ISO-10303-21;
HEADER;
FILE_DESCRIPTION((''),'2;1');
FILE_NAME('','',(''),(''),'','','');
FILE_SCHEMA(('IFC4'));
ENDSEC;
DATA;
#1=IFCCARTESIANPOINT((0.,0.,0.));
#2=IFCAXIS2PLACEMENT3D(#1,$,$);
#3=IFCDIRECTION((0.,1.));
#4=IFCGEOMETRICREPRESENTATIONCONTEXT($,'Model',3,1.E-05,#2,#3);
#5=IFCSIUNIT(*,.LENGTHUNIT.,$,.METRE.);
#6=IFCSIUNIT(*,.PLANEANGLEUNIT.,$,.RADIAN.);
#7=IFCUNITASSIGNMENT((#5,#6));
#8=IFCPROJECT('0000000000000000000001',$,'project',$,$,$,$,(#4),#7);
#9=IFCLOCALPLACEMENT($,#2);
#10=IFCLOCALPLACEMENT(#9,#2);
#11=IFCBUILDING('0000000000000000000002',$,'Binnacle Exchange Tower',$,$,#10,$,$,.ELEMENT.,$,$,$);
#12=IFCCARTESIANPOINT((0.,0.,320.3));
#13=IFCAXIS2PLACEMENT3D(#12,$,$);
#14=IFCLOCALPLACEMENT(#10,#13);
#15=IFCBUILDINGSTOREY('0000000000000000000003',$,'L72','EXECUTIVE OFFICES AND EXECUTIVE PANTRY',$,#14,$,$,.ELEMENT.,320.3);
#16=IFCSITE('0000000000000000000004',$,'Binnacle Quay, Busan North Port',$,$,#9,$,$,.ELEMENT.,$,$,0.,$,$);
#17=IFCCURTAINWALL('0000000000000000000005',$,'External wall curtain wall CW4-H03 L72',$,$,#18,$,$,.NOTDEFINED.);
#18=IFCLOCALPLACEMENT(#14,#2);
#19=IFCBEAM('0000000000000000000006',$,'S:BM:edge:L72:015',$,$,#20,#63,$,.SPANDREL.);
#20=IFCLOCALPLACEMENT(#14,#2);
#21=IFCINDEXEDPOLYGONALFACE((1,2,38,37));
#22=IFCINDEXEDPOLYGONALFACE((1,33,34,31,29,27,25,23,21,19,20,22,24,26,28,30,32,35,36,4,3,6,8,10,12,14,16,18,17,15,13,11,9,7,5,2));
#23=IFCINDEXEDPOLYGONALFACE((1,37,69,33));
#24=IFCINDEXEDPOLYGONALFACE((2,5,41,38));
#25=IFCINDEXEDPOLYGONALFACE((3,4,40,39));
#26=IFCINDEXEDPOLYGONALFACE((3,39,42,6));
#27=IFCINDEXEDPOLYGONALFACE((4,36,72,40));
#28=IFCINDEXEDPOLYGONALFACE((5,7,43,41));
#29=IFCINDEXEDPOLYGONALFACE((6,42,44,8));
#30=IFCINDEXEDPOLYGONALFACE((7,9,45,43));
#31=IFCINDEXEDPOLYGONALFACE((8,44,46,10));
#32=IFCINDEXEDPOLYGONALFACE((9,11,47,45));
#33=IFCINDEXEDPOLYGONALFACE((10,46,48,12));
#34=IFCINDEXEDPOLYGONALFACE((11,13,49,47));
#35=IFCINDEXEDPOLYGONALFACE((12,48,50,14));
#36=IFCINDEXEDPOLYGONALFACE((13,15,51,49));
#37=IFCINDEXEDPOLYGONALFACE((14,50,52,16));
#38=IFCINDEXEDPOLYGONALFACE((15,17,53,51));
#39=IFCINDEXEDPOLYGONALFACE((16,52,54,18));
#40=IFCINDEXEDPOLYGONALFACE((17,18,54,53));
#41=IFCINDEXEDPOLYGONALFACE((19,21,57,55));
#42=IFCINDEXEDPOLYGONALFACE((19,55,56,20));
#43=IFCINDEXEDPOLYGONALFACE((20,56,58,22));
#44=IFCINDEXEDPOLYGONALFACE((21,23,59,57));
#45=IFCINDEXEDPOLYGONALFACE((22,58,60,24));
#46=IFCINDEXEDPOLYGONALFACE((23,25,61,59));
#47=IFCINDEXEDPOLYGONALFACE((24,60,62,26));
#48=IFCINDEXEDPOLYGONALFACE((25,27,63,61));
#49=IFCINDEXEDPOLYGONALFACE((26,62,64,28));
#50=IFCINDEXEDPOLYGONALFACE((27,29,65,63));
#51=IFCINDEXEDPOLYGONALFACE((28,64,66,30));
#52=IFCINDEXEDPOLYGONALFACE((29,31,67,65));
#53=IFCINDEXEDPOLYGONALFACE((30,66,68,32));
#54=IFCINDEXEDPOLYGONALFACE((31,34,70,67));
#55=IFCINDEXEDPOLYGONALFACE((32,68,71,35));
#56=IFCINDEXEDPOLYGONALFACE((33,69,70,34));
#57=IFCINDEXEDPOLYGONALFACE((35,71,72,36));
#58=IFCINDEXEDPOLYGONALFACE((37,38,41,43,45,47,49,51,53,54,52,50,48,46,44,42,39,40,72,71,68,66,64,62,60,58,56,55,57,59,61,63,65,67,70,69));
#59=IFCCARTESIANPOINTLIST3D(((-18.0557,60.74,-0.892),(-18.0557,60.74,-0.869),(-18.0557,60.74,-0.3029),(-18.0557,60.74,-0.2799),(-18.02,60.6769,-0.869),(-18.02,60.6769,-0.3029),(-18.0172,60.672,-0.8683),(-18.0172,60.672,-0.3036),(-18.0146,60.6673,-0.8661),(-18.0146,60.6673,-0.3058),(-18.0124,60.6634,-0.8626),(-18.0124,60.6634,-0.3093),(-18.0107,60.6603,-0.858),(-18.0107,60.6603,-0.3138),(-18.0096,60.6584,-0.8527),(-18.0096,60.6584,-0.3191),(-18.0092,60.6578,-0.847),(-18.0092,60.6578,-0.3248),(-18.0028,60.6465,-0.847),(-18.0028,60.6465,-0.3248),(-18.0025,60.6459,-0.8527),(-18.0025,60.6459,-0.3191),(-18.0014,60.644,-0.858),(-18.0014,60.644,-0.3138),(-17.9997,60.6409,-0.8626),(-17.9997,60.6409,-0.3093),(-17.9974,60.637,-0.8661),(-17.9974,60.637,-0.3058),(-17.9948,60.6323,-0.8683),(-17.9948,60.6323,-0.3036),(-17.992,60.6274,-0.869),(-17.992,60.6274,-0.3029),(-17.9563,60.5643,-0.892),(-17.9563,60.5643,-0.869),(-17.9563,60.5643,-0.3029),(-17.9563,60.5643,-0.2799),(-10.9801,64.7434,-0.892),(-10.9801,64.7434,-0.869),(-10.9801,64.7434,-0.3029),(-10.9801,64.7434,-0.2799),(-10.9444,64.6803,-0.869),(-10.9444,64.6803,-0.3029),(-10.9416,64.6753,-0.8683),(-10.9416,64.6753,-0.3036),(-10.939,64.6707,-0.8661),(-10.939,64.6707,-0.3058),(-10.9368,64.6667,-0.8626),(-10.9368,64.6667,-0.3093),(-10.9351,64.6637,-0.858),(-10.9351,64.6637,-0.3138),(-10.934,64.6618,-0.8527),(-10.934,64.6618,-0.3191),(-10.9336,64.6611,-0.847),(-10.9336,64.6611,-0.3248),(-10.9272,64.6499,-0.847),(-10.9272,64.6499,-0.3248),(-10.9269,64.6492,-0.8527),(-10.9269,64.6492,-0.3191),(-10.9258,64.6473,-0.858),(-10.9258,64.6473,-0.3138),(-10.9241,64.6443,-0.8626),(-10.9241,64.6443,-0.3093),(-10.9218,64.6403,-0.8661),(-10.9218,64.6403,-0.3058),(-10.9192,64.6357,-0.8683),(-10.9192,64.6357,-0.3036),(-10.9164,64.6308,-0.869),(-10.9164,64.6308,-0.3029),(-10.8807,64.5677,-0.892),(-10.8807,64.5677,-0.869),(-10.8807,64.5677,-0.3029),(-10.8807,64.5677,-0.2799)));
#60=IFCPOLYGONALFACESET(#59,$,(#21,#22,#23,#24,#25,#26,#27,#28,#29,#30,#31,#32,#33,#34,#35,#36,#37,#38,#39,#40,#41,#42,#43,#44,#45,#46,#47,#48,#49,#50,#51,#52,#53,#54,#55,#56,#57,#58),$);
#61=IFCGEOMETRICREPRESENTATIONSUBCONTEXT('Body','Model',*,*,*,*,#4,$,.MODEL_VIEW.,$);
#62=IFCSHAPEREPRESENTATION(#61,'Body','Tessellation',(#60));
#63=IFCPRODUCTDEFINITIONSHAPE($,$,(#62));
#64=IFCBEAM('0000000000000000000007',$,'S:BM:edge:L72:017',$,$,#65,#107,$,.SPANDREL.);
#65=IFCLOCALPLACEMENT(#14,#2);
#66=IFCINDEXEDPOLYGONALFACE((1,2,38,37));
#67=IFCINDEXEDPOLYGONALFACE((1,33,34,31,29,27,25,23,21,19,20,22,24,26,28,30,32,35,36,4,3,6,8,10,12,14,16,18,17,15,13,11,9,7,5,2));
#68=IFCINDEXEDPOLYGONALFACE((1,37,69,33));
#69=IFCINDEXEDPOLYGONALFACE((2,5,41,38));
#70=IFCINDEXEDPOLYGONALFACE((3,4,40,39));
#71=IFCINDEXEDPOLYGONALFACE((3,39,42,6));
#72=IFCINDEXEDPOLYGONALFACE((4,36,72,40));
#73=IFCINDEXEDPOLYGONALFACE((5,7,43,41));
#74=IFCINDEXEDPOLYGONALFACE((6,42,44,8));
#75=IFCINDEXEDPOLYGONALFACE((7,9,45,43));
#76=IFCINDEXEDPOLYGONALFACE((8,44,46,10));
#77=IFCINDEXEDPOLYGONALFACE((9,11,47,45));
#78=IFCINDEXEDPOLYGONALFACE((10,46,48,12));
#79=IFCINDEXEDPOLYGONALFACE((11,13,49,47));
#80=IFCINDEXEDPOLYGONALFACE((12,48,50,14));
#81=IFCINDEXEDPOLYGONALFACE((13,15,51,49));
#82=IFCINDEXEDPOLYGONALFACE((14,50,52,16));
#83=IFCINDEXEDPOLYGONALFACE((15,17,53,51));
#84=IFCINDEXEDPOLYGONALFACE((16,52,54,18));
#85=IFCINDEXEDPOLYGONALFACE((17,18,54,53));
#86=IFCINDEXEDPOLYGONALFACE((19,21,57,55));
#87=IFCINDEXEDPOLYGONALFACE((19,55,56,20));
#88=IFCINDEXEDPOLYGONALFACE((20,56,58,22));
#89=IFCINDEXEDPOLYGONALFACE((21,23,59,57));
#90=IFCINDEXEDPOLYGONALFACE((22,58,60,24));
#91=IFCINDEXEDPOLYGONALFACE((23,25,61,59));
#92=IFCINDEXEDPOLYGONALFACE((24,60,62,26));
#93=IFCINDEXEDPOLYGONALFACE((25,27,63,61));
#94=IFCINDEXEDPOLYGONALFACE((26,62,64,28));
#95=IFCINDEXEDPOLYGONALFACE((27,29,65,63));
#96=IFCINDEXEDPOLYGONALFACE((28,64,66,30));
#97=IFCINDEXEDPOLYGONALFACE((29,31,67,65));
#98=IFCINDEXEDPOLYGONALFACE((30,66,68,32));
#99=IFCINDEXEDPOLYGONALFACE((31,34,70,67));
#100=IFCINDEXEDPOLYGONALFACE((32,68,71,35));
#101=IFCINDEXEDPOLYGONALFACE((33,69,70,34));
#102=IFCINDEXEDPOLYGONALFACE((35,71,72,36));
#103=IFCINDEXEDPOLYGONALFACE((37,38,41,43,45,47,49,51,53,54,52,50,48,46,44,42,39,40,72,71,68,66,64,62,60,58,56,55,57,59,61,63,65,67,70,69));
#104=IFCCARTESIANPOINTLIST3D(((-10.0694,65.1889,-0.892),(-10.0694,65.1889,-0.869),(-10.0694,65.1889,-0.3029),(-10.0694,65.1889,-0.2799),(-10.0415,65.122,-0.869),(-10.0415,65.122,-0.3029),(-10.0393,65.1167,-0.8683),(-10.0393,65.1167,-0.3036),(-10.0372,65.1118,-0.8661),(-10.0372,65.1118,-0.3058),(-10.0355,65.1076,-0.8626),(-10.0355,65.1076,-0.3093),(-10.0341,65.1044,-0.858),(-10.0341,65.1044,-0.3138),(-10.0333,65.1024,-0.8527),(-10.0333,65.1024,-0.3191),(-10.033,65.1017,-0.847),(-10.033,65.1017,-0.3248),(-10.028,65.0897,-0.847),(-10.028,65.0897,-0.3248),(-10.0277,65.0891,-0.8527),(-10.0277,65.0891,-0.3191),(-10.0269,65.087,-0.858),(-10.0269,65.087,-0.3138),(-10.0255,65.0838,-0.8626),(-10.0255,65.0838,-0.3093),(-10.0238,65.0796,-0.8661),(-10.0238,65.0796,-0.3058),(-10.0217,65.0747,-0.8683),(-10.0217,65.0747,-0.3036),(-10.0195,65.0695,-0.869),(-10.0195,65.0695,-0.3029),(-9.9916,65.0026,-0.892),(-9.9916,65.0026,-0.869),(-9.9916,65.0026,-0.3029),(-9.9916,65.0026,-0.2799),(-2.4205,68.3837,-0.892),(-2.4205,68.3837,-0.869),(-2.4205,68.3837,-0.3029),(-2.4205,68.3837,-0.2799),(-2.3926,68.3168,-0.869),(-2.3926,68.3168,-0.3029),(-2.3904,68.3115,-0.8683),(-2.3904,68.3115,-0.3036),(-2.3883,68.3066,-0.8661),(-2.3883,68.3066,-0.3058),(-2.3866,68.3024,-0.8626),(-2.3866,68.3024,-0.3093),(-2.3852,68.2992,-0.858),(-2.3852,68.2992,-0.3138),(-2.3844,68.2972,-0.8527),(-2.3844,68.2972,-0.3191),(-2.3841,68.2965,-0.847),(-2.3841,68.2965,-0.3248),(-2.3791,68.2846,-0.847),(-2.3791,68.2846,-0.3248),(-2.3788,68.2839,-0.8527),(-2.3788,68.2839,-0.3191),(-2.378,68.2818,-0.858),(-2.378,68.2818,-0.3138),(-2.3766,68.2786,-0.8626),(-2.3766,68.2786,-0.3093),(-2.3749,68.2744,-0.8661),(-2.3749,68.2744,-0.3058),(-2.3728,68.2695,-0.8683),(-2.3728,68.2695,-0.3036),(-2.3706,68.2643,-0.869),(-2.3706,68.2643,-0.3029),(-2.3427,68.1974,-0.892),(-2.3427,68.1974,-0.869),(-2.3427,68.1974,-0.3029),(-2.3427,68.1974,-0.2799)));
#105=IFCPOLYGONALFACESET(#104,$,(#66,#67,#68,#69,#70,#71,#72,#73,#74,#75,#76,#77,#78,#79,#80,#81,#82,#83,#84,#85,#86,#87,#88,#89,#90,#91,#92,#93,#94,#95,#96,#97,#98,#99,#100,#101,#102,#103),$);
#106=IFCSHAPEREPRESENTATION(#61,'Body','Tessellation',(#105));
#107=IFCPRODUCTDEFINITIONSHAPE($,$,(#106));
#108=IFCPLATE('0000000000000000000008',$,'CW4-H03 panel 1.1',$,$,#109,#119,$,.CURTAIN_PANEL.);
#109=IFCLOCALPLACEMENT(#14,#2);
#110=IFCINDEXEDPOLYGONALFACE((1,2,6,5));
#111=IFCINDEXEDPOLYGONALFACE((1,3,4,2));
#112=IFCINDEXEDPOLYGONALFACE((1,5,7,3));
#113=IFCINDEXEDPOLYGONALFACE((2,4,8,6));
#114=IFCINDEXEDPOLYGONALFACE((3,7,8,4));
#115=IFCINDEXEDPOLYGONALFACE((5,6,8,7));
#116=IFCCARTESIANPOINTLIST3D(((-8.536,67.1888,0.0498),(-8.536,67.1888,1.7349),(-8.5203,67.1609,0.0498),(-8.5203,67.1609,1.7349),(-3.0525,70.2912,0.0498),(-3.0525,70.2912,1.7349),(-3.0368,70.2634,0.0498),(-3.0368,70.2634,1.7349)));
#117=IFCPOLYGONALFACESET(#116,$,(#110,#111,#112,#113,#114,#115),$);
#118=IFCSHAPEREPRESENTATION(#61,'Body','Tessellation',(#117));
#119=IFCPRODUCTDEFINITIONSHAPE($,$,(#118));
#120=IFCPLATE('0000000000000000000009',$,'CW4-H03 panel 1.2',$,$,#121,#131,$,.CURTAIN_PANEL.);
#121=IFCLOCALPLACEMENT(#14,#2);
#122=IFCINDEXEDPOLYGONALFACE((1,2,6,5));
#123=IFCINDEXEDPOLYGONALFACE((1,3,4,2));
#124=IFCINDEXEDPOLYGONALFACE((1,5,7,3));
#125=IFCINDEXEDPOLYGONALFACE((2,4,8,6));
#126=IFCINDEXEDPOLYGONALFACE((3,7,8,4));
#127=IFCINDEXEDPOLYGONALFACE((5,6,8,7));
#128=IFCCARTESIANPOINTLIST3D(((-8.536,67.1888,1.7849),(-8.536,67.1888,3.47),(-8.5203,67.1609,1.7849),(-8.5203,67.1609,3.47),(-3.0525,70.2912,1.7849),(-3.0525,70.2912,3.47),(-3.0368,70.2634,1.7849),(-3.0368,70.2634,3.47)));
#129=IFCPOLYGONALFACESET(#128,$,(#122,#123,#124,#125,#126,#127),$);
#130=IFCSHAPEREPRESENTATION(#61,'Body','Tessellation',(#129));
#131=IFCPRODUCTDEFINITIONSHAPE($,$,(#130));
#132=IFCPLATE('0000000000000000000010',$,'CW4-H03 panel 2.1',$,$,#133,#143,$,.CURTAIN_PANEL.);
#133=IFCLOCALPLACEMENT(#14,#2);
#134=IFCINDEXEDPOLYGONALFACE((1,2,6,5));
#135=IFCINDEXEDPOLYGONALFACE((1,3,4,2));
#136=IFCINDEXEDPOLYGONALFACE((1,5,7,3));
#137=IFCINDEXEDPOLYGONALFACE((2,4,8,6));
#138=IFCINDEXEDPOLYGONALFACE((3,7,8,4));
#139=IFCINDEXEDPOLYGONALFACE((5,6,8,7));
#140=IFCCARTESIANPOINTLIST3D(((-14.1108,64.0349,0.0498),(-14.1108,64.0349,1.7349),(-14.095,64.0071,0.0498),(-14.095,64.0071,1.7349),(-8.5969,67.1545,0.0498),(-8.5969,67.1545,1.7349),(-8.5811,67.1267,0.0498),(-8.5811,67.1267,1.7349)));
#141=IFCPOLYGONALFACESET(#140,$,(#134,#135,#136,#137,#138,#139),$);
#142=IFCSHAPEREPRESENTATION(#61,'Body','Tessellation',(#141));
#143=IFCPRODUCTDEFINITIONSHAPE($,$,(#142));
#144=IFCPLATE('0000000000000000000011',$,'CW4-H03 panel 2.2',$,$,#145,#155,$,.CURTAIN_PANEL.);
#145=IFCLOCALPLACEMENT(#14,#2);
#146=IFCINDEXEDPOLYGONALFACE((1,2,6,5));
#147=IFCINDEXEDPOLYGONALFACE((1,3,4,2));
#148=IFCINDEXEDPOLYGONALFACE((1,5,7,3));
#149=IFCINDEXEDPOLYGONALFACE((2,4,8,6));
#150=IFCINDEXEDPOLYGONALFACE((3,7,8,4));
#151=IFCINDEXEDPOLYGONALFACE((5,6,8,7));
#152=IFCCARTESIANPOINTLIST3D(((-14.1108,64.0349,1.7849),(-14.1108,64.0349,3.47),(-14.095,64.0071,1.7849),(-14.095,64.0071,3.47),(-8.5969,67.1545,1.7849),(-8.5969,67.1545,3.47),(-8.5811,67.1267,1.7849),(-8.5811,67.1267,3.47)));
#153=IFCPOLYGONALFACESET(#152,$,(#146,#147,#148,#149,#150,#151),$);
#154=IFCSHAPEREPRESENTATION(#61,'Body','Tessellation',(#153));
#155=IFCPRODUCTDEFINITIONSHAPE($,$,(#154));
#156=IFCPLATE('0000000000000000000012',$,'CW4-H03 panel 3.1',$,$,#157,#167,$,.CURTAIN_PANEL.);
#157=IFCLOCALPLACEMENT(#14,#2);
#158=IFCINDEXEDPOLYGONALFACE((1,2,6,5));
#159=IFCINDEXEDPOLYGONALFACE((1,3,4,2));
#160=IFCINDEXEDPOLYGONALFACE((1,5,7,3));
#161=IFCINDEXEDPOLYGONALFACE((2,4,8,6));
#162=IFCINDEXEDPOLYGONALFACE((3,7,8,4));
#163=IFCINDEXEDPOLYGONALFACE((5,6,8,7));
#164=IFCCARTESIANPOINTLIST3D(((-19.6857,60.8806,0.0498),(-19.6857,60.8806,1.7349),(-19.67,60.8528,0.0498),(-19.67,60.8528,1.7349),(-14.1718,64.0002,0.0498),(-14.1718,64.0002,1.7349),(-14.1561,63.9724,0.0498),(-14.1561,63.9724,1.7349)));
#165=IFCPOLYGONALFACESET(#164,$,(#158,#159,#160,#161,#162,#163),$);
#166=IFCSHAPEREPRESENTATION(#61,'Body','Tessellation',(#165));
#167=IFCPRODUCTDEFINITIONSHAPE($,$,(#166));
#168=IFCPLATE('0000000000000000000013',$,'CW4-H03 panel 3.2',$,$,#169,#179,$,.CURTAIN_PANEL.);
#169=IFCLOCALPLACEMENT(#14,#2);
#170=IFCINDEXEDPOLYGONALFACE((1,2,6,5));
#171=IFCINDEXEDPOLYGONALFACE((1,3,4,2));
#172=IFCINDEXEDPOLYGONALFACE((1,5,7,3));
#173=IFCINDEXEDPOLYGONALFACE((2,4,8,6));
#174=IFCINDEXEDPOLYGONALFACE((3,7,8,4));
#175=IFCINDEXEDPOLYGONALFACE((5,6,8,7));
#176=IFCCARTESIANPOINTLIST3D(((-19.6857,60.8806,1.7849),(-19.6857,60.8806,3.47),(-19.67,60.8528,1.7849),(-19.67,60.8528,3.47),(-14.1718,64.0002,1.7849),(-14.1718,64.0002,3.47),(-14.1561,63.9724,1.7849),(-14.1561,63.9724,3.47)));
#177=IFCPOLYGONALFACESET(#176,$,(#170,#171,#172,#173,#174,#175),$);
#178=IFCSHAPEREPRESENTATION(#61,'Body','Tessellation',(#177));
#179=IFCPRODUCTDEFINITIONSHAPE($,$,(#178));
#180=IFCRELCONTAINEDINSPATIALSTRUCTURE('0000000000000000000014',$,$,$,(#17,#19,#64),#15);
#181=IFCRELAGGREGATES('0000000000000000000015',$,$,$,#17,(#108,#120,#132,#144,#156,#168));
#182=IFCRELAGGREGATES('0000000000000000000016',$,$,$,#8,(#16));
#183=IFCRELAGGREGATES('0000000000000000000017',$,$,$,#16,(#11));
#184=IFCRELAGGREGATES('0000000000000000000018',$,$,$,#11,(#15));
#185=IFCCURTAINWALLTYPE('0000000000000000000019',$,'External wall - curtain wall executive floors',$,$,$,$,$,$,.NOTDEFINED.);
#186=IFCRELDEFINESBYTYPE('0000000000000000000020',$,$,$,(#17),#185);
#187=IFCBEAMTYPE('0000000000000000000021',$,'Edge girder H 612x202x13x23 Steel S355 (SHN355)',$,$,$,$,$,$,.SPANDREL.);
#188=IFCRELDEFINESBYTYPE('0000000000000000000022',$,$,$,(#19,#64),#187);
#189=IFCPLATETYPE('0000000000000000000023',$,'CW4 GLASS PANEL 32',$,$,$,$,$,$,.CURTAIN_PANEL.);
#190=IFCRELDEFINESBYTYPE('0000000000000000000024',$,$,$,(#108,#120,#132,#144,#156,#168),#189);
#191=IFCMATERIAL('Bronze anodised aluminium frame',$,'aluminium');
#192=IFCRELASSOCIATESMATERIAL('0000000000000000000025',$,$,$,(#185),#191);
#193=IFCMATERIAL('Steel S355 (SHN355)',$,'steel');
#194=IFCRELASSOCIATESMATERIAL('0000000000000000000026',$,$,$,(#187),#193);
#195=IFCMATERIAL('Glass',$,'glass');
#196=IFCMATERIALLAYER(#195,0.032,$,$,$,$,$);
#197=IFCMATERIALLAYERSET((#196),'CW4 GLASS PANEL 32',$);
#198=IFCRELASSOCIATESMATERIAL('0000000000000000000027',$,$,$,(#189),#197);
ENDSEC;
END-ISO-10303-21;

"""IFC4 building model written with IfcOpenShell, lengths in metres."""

from ifc_helpers import new_model, si_unit, direction, frame, origin, origin_2d, place, context, subcontext, project, spatial, rectangle, i_section, extrude, material, layer, layer_set, material_profile, profile_set, type_object, element, aggregate, save


model = new_model("IFC4")

# Units and contexts
model_context = context("Model", 3, precision=1e-05, world=origin(), true_north=direction((0.0, 1.0)))
body_context = subcontext(model_context, "Body", "Model", "MODEL_VIEW")
ifc_project = project(units=[si_unit("LENGTHUNIT", "METRE"), si_unit("PLANEANGLEUNIT", "RADIAN")], contexts=[model_context])

# Site, building, storey
site_placement = place(None, origin())
site = spatial("IfcSite", under=ifc_project, at=site_placement, Name="Binnacle Quay, Busan North Port", CompositionType="ELEMENT", RefElevation=0.0)
building_placement = place(site_placement, origin())
building = spatial("IfcBuilding", under=site, at=building_placement, Name="Binnacle Exchange Tower", CompositionType="ELEMENT")
storey_placement = place(building_placement, frame((0.0, 0.0, 320.3)))
storey = spatial("IfcBuildingStorey", under=building, at=storey_placement, Name="L72", Description="EXECUTIVE OFFICES AND EXECUTIVE PANTRY", CompositionType="ELEMENT", Elevation=320.3)

# Curtain wall
ifc_material_1 = material(Name="Bronze anodised aluminium frame", Category="aluminium")
curtain_wall_type = type_object("IfcCurtainWallType", Name="External wall - curtain wall executive floors", PredefinedType="NOTDEFINED", material=ifc_material_1)
curtain_wall_placement = place(storey_placement, origin())
curtain_wall = element("IfcCurtainWall", 1, at=curtain_wall_placement, inside=storey, type_object=curtain_wall_type, Name="External wall curtain wall CW4-H03 L72", PredefinedType="NOTDEFINED")

# Beams
ifc_material_2 = material(Name="Steel S355 (SHN355)", Category="steel")
ifc_material_profile_1 = material_profile(ifc_material_2, i_section(OverallWidth=0.2019, OverallDepth=0.6121, WebThickness=0.0129, FlangeThickness=0.0229, FilletRadius=0.022, at=origin_2d()), Name="H 612x202x13x23")
ifc_profile_set_1 = profile_set([ifc_material_profile_1], Name="Steel S355 (SHN355)")
beam_type = type_object("IfcBeamType", Name="Edge girder H 612x202x13x23 Steel S355 (SHN355)", PredefinedType="SPANDREL", material=ifc_profile_set_1)
beam_1_placement = place(storey_placement, frame((-10.9304, 64.6555, -0.5859), z_axis=(-0.870346, -0.492441, 0.0), x_axis=(0.492441, -0.870346, 0.0)))
element("IfcBeam", 2, at=beam_1_placement, inside=storey, type_object=beam_type, Name="S:BM:edge:L72:015", PredefinedType="SPANDREL", context=body_context, shape_type="SweptSolid", body=[
    extrude(i_section(OverallWidth=0.2019, OverallDepth=0.6121, WebThickness=0.0129, FlangeThickness=0.0229, FilletRadius=0.022, at=origin_2d()), origin(), (0.0, 0.0, 1.0), 8.1296),
])
beam_2_placement = place(storey_placement, frame((-2.3816, 68.2905, -0.5859), z_axis=(-0.922744, -0.385414, 0.0), x_axis=(0.385414, -0.922744, 0.0)))
element("IfcBeam", 3, at=beam_2_placement, inside=storey, type_object=beam_type, Name="S:BM:edge:L72:017", PredefinedType="SPANDREL", context=body_context, shape_type="SweptSolid", body=[
    extrude(i_section(OverallWidth=0.2019, OverallDepth=0.6121, WebThickness=0.0129, FlangeThickness=0.0229, FilletRadius=0.022, at=origin_2d()), origin(), (0.0, 0.0, 1.0), 8.2893),
])

# Plates
ifc_material_3 = material(Name="Glass", Category="glass")
ifc_layer_1 = layer(ifc_material_3, 0.032)
ifc_layer_set_1 = layer_set([ifc_layer_1], Name="CW4 GLASS PANEL 32")
plate_type = type_object("IfcPlateType", Name="CW4 GLASS PANEL 32", PredefinedType="CURTAIN_PANEL", material=ifc_layer_set_1)
plate_1_placement = place(storey_placement, frame((-5.7864, 68.7261, 0.0498), z_axis=(0.0, 0.0, 1.0), x_axis=(-0.870356, -0.492424, 0.0)))
plate_1 = element("IfcPlate", 4, at=plate_1_placement, type_object=plate_type, Name="CW4-H03 panel 1.1", PredefinedType="CURTAIN_PANEL", context=body_context, shape_type="SweptSolid", body=[
    extrude(rectangle(XDim=6.3003, YDim=0.032, at=origin_2d()), origin(), (0.0, 0.0, 1.0), 1.6851),
])
plate_2_placement = place(storey_placement, frame((-5.7864, 68.7261, 1.7849), z_axis=(0.0, 0.0, 1.0), x_axis=(-0.870356, -0.492424, 0.0)))
plate_2 = element("IfcPlate", 5, at=plate_2_placement, type_object=plate_type, Name="CW4-H03 panel 1.2", PredefinedType="CURTAIN_PANEL", context=body_context, shape_type="SweptSolid", body=[
    extrude(rectangle(XDim=6.3003, YDim=0.032, at=origin_2d()), origin(), (0.0, 0.0, 1.0), 1.6851),
])
plate_3_placement = place(storey_placement, frame((-11.3459, 65.5808, 0.0498), z_axis=(0.0, 0.0, 1.0), x_axis=(-0.870356, -0.492424, 0.0)))
plate_3 = element("IfcPlate", 6, at=plate_3_placement, type_object=plate_type, Name="CW4-H03 panel 2.1", PredefinedType="CURTAIN_PANEL", context=body_context, shape_type="SweptSolid", body=[
    extrude(rectangle(XDim=6.3352, YDim=0.032, at=origin_2d()), origin(), (0.0, 0.0, 1.0), 1.6851),
])
plate_4_placement = place(storey_placement, frame((-11.3459, 65.5808, 1.7849), z_axis=(0.0, 0.0, 1.0), x_axis=(-0.870356, -0.492424, 0.0)))
plate_4 = element("IfcPlate", 7, at=plate_4_placement, type_object=plate_type, Name="CW4-H03 panel 2.2", PredefinedType="CURTAIN_PANEL", context=body_context, shape_type="SweptSolid", body=[
    extrude(rectangle(XDim=6.3352, YDim=0.032, at=origin_2d()), origin(), (0.0, 0.0, 1.0), 1.6851),
])
plate_5_placement = place(storey_placement, frame((-16.9209, 62.4265, 0.0498), z_axis=(0.0, 0.0, 1.0), x_axis=(-0.870356, -0.492424, 0.0)))
plate_5 = element("IfcPlate", 8, at=plate_5_placement, type_object=plate_type, Name="CW4-H03 panel 3.1", PredefinedType="CURTAIN_PANEL", context=body_context, shape_type="SweptSolid", body=[
    extrude(rectangle(XDim=6.3352, YDim=0.032, at=origin_2d()), origin(), (0.0, 0.0, 1.0), 1.6851),
])
plate_6_placement = place(storey_placement, frame((-16.9209, 62.4265, 1.7849), z_axis=(0.0, 0.0, 1.0), x_axis=(-0.870356, -0.492424, 0.0)))
plate_6 = element("IfcPlate", 9, at=plate_6_placement, type_object=plate_type, Name="CW4-H03 panel 3.2", PredefinedType="CURTAIN_PANEL", context=body_context, shape_type="SweptSolid", body=[
    extrude(rectangle(XDim=6.3352, YDim=0.032, at=origin_2d()), origin(), (0.0, 0.0, 1.0), 1.6851),
])
aggregate(curtain_wall, [plate_1, plate_2, plate_3, plate_4, plate_5, plate_6])

save(model, "model.ifc")
